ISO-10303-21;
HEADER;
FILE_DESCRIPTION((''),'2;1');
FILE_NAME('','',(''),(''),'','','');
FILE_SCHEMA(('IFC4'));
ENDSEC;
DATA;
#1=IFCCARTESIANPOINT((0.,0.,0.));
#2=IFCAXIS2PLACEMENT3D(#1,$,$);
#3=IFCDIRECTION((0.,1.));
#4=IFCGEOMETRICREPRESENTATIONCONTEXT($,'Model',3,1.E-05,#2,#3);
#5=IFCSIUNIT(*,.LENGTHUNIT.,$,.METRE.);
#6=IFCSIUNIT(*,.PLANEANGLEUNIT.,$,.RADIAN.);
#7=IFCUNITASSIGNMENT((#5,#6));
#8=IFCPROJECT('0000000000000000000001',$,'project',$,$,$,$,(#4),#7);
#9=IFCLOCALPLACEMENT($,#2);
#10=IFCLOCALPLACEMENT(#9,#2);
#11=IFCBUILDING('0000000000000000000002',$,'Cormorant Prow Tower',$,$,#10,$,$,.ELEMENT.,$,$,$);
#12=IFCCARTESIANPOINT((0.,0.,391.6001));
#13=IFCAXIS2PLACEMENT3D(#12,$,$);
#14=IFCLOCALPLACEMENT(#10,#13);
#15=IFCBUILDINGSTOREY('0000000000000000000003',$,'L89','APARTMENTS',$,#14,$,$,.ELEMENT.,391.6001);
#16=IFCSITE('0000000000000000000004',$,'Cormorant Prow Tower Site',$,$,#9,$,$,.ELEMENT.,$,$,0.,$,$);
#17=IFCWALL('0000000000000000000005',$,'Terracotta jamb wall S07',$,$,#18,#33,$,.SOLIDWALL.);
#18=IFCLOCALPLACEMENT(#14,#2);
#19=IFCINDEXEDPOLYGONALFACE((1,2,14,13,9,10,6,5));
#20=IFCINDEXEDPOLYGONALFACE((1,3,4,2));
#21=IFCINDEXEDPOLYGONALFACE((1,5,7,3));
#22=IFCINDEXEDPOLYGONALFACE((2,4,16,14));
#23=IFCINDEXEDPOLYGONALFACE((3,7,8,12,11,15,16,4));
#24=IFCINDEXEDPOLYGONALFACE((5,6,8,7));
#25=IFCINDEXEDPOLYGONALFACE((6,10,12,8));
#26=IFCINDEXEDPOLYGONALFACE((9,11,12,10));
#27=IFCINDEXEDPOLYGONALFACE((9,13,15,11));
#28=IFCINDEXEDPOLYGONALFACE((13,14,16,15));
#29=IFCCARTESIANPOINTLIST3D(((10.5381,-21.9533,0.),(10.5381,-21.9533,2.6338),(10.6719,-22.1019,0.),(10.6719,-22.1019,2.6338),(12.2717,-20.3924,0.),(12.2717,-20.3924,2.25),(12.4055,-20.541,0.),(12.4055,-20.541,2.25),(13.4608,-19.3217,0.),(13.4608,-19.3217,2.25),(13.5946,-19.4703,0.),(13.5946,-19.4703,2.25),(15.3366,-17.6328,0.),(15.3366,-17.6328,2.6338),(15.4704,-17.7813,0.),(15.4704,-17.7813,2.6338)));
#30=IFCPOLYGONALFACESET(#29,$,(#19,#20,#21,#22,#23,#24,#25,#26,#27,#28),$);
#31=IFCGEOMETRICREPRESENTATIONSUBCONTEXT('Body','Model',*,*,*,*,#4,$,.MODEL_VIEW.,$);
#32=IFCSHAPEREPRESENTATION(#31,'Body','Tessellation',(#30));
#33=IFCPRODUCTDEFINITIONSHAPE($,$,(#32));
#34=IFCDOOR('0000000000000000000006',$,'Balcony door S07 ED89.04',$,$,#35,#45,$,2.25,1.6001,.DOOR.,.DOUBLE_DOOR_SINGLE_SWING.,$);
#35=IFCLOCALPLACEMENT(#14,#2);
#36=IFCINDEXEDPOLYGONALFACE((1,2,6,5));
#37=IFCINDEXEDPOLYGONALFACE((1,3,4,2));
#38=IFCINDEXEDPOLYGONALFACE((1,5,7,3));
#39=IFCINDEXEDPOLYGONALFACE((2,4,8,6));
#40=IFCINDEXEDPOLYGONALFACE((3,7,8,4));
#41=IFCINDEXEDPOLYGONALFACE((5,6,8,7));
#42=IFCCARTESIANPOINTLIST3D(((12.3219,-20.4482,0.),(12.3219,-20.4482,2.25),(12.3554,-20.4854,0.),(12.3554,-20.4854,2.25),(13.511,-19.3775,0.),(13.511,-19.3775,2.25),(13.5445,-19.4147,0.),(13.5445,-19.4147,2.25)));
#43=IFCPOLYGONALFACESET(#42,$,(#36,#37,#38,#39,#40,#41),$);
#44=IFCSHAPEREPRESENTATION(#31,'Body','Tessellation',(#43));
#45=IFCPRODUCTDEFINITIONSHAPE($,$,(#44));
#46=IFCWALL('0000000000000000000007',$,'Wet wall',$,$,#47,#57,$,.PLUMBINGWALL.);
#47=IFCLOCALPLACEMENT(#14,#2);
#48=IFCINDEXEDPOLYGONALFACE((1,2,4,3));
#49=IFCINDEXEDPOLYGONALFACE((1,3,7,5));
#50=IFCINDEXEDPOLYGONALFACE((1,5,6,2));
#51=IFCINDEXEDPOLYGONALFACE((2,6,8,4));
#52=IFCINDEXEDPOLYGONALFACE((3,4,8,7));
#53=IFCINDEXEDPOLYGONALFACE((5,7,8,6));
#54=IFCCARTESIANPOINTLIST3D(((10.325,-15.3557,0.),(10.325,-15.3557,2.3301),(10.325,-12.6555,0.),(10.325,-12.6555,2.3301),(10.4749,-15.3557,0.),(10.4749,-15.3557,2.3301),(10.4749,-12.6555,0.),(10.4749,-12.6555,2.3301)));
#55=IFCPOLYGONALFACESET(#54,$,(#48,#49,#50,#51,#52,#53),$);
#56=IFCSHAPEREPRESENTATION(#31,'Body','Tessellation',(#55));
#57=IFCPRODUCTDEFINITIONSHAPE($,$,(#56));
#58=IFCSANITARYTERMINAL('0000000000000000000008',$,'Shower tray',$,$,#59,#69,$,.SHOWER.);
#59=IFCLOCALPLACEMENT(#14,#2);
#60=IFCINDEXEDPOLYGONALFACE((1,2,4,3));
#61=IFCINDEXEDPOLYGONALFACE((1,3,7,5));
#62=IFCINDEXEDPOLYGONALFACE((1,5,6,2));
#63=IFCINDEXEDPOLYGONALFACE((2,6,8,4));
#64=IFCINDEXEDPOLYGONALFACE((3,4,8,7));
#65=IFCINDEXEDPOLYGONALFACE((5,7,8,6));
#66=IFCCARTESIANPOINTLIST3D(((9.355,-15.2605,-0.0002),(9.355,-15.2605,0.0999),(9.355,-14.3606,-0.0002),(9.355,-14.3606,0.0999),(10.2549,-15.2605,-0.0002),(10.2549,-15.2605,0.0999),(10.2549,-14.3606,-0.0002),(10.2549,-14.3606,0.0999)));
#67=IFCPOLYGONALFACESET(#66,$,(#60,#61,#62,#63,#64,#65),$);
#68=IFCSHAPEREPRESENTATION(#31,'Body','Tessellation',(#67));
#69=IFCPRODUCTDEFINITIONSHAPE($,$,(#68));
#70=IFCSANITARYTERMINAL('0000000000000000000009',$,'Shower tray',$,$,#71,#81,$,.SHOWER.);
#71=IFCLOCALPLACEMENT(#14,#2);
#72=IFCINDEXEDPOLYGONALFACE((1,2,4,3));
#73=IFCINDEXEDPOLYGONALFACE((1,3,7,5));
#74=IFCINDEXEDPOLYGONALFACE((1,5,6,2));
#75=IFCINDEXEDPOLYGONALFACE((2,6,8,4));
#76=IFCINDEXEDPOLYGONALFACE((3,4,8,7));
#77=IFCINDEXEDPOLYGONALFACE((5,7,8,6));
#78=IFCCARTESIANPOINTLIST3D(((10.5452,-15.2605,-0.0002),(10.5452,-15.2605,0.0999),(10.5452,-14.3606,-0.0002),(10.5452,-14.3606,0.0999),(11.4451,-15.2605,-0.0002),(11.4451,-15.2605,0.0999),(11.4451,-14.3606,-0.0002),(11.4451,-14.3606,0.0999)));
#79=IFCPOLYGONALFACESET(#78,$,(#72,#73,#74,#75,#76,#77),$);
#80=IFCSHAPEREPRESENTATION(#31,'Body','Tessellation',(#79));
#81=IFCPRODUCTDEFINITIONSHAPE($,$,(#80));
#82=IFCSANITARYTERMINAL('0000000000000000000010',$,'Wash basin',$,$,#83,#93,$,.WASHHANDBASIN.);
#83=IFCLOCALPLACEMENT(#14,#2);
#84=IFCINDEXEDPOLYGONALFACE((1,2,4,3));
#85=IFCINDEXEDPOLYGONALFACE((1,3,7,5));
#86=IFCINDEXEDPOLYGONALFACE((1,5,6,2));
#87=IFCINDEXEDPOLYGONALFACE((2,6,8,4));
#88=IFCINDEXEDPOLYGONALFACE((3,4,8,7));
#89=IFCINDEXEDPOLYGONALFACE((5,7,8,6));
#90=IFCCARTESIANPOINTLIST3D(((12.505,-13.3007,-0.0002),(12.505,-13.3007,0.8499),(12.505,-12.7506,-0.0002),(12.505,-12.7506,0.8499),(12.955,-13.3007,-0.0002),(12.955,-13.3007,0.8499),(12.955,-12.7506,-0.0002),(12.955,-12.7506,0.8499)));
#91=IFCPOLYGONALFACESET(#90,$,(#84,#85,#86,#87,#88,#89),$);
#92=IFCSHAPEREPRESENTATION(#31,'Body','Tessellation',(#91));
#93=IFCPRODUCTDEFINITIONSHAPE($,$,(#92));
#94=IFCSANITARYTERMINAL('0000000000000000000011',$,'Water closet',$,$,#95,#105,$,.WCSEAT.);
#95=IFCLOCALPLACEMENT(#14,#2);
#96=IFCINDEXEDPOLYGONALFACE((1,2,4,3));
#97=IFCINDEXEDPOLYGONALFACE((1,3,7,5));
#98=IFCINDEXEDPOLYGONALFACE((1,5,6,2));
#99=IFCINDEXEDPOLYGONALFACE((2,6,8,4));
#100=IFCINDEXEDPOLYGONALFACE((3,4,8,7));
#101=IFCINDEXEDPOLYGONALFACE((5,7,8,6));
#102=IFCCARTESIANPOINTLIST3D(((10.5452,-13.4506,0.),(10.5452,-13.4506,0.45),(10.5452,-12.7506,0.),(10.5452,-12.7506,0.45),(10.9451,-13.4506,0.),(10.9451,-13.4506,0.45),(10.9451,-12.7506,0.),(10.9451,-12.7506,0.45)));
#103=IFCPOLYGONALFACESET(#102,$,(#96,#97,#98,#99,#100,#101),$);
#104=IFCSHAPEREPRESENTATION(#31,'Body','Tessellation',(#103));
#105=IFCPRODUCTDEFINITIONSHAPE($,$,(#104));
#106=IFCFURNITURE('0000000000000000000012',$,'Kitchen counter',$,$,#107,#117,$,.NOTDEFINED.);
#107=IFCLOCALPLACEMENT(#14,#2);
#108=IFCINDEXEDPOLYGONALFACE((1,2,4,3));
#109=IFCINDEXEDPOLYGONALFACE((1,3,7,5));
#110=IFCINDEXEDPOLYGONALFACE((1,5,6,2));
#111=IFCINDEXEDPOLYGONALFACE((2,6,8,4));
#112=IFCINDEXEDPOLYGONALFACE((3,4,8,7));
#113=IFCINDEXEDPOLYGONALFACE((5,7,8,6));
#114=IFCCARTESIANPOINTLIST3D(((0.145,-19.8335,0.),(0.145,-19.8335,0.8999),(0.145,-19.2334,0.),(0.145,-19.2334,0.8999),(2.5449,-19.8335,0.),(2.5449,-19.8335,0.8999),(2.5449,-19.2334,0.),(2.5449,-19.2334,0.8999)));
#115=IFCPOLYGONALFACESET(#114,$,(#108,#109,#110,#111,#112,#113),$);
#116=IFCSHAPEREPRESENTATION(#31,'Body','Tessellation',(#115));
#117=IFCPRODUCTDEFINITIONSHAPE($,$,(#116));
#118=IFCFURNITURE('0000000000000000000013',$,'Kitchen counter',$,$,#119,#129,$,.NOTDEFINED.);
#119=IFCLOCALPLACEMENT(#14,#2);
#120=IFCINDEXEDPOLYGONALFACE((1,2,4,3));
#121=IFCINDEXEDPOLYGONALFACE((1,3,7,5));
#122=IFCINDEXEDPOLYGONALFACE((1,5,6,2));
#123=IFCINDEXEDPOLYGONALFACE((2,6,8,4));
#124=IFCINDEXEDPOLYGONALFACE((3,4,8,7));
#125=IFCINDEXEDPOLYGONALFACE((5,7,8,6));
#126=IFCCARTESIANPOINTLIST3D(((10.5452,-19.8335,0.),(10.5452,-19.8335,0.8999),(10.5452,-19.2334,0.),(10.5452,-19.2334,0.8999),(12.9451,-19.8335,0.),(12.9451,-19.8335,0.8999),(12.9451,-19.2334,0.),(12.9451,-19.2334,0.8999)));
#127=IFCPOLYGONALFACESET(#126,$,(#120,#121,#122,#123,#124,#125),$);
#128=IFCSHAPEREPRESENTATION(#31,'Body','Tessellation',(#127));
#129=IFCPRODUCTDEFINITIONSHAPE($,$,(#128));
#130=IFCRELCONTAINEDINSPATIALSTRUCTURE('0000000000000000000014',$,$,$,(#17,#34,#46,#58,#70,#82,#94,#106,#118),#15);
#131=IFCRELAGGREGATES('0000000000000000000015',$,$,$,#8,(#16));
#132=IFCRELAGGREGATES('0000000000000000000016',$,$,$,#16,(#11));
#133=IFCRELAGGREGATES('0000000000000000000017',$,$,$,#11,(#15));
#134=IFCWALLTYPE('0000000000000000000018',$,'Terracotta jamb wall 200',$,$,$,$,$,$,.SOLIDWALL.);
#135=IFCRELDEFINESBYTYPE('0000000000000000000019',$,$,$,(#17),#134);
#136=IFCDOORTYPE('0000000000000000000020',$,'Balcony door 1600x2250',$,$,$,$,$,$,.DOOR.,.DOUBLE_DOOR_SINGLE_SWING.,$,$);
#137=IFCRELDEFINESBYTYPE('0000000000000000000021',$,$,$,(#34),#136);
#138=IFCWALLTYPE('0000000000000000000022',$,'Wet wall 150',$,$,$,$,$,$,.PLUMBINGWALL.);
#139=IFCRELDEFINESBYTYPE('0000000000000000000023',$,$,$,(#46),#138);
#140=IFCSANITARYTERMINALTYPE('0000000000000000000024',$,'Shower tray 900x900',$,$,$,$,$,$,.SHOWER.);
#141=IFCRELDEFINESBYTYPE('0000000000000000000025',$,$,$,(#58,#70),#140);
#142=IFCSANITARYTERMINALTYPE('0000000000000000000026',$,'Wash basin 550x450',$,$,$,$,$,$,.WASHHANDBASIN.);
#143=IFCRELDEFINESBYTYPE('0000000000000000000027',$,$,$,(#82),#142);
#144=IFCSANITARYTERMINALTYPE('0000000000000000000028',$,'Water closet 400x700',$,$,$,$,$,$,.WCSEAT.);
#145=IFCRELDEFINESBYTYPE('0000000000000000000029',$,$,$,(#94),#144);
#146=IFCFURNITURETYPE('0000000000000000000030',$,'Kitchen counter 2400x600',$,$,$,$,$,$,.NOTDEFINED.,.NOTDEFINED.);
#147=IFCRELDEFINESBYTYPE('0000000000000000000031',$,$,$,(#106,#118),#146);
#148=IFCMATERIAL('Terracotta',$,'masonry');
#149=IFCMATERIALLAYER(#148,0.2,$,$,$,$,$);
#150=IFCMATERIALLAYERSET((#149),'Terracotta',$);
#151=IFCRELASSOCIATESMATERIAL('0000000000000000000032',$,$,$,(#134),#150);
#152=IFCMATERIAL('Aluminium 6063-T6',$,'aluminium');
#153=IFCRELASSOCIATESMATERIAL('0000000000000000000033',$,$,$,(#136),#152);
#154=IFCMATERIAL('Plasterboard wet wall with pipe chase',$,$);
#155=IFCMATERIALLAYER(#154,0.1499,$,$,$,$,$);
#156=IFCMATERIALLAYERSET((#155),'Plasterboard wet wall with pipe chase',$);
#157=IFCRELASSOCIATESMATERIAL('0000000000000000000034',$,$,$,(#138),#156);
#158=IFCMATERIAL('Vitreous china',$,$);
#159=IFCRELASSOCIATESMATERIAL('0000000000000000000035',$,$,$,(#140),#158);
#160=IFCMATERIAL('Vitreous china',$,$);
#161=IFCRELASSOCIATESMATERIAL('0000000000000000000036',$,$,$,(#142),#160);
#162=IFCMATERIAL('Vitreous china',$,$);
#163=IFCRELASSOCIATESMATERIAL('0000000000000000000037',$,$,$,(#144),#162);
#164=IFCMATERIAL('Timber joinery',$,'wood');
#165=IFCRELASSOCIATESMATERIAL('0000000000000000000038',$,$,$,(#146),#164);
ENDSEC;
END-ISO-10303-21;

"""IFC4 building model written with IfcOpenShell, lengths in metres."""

from ifc_helpers import new_model, si_unit, direction, frame, frame_2d, origin, origin_2d, place, context, subcontext, project, spatial, rectangle, extrude, material, layer, layer_set, type_object, element, fill, save


model = new_model("IFC4")

# Units and contexts
model_context = context("Model", 3, precision=1e-05, world=origin(), true_north=direction((0.0, 1.0)))
body_context = subcontext(model_context, "Body", "Model", "MODEL_VIEW")
ifc_project = project(units=[si_unit("LENGTHUNIT", "METRE"), si_unit("PLANEANGLEUNIT", "RADIAN")], contexts=[model_context])

# Site, building, storey
site_placement = place(None, origin())
site = spatial("IfcSite", under=ifc_project, at=site_placement, Name="Cormorant Prow Tower Site", CompositionType="ELEMENT", RefElevation=0.0)
building_placement = place(site_placement, origin())
building = spatial("IfcBuilding", under=site, at=building_placement, Name="Cormorant Prow Tower", CompositionType="ELEMENT")
storey_placement = place(building_placement, frame((0.0, 0.0, 391.6001)))
storey = spatial("IfcBuildingStorey", under=building, at=storey_placement, Name="L89", Description="APARTMENTS", CompositionType="ELEMENT", Elevation=391.6001)

# Wall, opening, door
ifc_material_1 = material(Name="Terracotta", Category="masonry")
ifc_layer_1 = layer(ifc_material_1, 0.2)
ifc_layer_set_1 = layer_set([ifc_layer_1], Name="Terracotta")
wall_type_1 = type_object("IfcWallType", Name="Terracotta jamb wall 200", PredefinedType="SOLIDWALL", material=ifc_layer_set_1)
ifc_material_2 = material(Name="Aluminium 6063-T6", Category="aluminium")
door_type_1 = type_object("IfcDoorType", Name="Balcony door 1600x2250", OperationType="DOUBLE_DOOR_SINGLE_SWING", PredefinedType="DOOR", material=ifc_material_2)
wall_1_placement = place(storey_placement, frame((10.605, -22.0276, 0.0), z_axis=(0.0, 0.0, 1.0), x_axis=(0.743153, 0.669121, 0.0)))
wall_1 = element("IfcWall", 1, at=wall_1_placement, inside=storey, type_object=wall_type_1, Name="Terracotta jamb wall S07", PredefinedType="SOLIDWALL", context=body_context, shape_type="SweptSolid", body=[
    extrude(rectangle(XDim=6.457, YDim=0.2, at=frame_2d((3.2285, 0.0))), origin(), (0.0, 0.0, 1.0), 2.6338),
])
opening_1_placement = place(wall_1_placement, frame((2.3328, 0.0, 0.0)))
opening_1 = element("IfcOpeningElement", 2, at=opening_1_placement, cuts=wall_1, PredefinedType="OPENING", context=body_context, shape_type="SweptSolid", body=[
    extrude(rectangle(XDim=1.6001, YDim=2.25, at=frame_2d((0.8, 1.125))), frame((0.0, 0.1099, 0.0), z_axis=(0.0, -1.0, 0.0), x_axis=(1.0, 0.0, 0.0)), (0.0, 0.0, 1.0), 0.22),
])
door_1_placement = place(opening_1_placement, origin())
door_1 = element("IfcDoor", 3, at=door_1_placement, inside=storey, type_object=door_type_1, Name="Balcony door S07 ED89.04", OperationType="DOUBLE_DOOR_SINGLE_SWING", OverallHeight=2.25, OverallWidth=1.6001, PredefinedType="DOOR", context=body_context, shape_type="SweptSolid", body=[
    extrude(rectangle(XDim=1.6001, YDim=2.25, at=frame_2d((0.8, 1.125))), frame((0.0, 0.0249, 0.0), z_axis=(0.0, -1.0, 0.0), x_axis=(1.0, 0.0, 0.0)), (0.0, 0.0, 1.0), 0.05),
])
fill(opening_1, door_1)

# Wall
ifc_material_3 = material(Name="Plasterboard wet wall with pipe chase")
ifc_layer_2 = layer(ifc_material_3, 0.1499)
ifc_layer_set_2 = layer_set([ifc_layer_2], Name="Plasterboard wet wall with pipe chase")
wall_type_2 = type_object("IfcWallType", Name="Wet wall 150", PredefinedType="PLUMBINGWALL", material=ifc_layer_set_2)
wall_2_placement = place(storey_placement, frame((10.3999, -15.3557, 0.0), z_axis=(0.0, 0.0, 1.0), x_axis=(0.0, 1.0, 0.0)))
element("IfcWall", 4, at=wall_2_placement, inside=storey, type_object=wall_type_2, Name="Wet wall", PredefinedType="PLUMBINGWALL", context=body_context, shape_type="SweptSolid", body=[
    extrude(rectangle(XDim=2.7002, YDim=0.1499, at=frame_2d((1.3501, 0.0))), origin(), (0.0, 0.0, 1.0), 2.3301),
])

# Sanitary terminals
ifc_material_4 = material(Name="Vitreous china")
sanitary_terminal_type_1 = type_object("IfcSanitaryTerminalType", Name="Shower tray 900x900", PredefinedType="SHOWER", material=ifc_material_4)
for number, where, z_axis, x_axis, name in (
    (5, (9.8049, -14.8105, -0.0002), (0.0, 0.0, 1.0), (-1.0, 0.0, 0.0), "Shower tray"),
    (6, (10.9951, -14.8105, -0.0002), (0.0, 0.0, 1.0), (0.0, 1.0, 0.0), "Shower tray"),
):
    element("IfcSanitaryTerminal", number, at=place(storey_placement, frame(where, z_axis=z_axis, x_axis=x_axis)), inside=storey, type_object=sanitary_terminal_type_1, Name=name, PredefinedType="SHOWER", context=body_context, shape_type="SweptSolid", body=[
        extrude(rectangle(XDim=0.8999, YDim=0.8999, at=origin_2d()), origin(), (0.0, 0.0, 1.0), 0.1001),
    ])
ifc_material_5 = material(Name="Vitreous china")
sanitary_terminal_type_2 = type_object("IfcSanitaryTerminalType", Name="Wash basin 550x450", PredefinedType="WASHHANDBASIN", material=ifc_material_5)
sanitary_terminal_1_placement = place(storey_placement, frame((12.73, -13.0256, -0.0002), z_axis=(0.0, 0.0, 1.0), x_axis=(0.0, -1.0, 0.0)))
element("IfcSanitaryTerminal", 7, at=sanitary_terminal_1_placement, inside=storey, type_object=sanitary_terminal_type_2, Name="Wash basin", PredefinedType="WASHHANDBASIN", context=body_context, shape_type="SweptSolid", body=[
    extrude(rectangle(XDim=0.55, YDim=0.45, at=origin_2d()), origin(), (0.0, 0.0, 1.0), 0.8501),
])
ifc_material_6 = material(Name="Vitreous china")
sanitary_terminal_type_3 = type_object("IfcSanitaryTerminalType", Name="Water closet 400x700", PredefinedType="WCSEAT", material=ifc_material_6)
sanitary_terminal_2_placement = place(storey_placement, frame((10.7451, -13.1006, 0.0), z_axis=(0.0, 0.0, 1.0), x_axis=(1.0, 0.0, 0.0)))
element("IfcSanitaryTerminal", 8, at=sanitary_terminal_2_placement, inside=storey, type_object=sanitary_terminal_type_3, Name="Water closet", PredefinedType="WCSEAT", context=body_context, shape_type="SweptSolid", body=[
    extrude(rectangle(XDim=0.3999, YDim=0.7, at=origin_2d()), origin(), (0.0, 0.0, 1.0), 0.45),
])

# Furniture
ifc_material_7 = material(Name="Timber joinery", Category="wood")
furniture_type = type_object("IfcFurnitureType", Name="Kitchen counter 2400x600", AssemblyPlace="NOTDEFINED", PredefinedType="NOTDEFINED", material=ifc_material_7)
for number, where, z_axis, x_axis, name in (
    (9, (1.345, -19.5334, 0.0), (0.0, 0.0, 1.0), (1.0, 0.0, 0.0), "Kitchen counter"),
    (10, (11.7451, -19.5334, 0.0), (0.0, 0.0, 1.0), (1.0, 0.0, 0.0), "Kitchen counter"),
):
    element("IfcFurniture", number, at=place(storey_placement, frame(where, z_axis=z_axis, x_axis=x_axis)), inside=storey, type_object=furniture_type, Name=name, PredefinedType="NOTDEFINED", context=body_context, shape_type="SweptSolid", body=[
        extrude(rectangle(XDim=2.3999, YDim=0.6001, at=origin_2d()), origin(), (0.0, 0.0, 1.0), 0.8999),
    ])

save(model, "model.ifc")
